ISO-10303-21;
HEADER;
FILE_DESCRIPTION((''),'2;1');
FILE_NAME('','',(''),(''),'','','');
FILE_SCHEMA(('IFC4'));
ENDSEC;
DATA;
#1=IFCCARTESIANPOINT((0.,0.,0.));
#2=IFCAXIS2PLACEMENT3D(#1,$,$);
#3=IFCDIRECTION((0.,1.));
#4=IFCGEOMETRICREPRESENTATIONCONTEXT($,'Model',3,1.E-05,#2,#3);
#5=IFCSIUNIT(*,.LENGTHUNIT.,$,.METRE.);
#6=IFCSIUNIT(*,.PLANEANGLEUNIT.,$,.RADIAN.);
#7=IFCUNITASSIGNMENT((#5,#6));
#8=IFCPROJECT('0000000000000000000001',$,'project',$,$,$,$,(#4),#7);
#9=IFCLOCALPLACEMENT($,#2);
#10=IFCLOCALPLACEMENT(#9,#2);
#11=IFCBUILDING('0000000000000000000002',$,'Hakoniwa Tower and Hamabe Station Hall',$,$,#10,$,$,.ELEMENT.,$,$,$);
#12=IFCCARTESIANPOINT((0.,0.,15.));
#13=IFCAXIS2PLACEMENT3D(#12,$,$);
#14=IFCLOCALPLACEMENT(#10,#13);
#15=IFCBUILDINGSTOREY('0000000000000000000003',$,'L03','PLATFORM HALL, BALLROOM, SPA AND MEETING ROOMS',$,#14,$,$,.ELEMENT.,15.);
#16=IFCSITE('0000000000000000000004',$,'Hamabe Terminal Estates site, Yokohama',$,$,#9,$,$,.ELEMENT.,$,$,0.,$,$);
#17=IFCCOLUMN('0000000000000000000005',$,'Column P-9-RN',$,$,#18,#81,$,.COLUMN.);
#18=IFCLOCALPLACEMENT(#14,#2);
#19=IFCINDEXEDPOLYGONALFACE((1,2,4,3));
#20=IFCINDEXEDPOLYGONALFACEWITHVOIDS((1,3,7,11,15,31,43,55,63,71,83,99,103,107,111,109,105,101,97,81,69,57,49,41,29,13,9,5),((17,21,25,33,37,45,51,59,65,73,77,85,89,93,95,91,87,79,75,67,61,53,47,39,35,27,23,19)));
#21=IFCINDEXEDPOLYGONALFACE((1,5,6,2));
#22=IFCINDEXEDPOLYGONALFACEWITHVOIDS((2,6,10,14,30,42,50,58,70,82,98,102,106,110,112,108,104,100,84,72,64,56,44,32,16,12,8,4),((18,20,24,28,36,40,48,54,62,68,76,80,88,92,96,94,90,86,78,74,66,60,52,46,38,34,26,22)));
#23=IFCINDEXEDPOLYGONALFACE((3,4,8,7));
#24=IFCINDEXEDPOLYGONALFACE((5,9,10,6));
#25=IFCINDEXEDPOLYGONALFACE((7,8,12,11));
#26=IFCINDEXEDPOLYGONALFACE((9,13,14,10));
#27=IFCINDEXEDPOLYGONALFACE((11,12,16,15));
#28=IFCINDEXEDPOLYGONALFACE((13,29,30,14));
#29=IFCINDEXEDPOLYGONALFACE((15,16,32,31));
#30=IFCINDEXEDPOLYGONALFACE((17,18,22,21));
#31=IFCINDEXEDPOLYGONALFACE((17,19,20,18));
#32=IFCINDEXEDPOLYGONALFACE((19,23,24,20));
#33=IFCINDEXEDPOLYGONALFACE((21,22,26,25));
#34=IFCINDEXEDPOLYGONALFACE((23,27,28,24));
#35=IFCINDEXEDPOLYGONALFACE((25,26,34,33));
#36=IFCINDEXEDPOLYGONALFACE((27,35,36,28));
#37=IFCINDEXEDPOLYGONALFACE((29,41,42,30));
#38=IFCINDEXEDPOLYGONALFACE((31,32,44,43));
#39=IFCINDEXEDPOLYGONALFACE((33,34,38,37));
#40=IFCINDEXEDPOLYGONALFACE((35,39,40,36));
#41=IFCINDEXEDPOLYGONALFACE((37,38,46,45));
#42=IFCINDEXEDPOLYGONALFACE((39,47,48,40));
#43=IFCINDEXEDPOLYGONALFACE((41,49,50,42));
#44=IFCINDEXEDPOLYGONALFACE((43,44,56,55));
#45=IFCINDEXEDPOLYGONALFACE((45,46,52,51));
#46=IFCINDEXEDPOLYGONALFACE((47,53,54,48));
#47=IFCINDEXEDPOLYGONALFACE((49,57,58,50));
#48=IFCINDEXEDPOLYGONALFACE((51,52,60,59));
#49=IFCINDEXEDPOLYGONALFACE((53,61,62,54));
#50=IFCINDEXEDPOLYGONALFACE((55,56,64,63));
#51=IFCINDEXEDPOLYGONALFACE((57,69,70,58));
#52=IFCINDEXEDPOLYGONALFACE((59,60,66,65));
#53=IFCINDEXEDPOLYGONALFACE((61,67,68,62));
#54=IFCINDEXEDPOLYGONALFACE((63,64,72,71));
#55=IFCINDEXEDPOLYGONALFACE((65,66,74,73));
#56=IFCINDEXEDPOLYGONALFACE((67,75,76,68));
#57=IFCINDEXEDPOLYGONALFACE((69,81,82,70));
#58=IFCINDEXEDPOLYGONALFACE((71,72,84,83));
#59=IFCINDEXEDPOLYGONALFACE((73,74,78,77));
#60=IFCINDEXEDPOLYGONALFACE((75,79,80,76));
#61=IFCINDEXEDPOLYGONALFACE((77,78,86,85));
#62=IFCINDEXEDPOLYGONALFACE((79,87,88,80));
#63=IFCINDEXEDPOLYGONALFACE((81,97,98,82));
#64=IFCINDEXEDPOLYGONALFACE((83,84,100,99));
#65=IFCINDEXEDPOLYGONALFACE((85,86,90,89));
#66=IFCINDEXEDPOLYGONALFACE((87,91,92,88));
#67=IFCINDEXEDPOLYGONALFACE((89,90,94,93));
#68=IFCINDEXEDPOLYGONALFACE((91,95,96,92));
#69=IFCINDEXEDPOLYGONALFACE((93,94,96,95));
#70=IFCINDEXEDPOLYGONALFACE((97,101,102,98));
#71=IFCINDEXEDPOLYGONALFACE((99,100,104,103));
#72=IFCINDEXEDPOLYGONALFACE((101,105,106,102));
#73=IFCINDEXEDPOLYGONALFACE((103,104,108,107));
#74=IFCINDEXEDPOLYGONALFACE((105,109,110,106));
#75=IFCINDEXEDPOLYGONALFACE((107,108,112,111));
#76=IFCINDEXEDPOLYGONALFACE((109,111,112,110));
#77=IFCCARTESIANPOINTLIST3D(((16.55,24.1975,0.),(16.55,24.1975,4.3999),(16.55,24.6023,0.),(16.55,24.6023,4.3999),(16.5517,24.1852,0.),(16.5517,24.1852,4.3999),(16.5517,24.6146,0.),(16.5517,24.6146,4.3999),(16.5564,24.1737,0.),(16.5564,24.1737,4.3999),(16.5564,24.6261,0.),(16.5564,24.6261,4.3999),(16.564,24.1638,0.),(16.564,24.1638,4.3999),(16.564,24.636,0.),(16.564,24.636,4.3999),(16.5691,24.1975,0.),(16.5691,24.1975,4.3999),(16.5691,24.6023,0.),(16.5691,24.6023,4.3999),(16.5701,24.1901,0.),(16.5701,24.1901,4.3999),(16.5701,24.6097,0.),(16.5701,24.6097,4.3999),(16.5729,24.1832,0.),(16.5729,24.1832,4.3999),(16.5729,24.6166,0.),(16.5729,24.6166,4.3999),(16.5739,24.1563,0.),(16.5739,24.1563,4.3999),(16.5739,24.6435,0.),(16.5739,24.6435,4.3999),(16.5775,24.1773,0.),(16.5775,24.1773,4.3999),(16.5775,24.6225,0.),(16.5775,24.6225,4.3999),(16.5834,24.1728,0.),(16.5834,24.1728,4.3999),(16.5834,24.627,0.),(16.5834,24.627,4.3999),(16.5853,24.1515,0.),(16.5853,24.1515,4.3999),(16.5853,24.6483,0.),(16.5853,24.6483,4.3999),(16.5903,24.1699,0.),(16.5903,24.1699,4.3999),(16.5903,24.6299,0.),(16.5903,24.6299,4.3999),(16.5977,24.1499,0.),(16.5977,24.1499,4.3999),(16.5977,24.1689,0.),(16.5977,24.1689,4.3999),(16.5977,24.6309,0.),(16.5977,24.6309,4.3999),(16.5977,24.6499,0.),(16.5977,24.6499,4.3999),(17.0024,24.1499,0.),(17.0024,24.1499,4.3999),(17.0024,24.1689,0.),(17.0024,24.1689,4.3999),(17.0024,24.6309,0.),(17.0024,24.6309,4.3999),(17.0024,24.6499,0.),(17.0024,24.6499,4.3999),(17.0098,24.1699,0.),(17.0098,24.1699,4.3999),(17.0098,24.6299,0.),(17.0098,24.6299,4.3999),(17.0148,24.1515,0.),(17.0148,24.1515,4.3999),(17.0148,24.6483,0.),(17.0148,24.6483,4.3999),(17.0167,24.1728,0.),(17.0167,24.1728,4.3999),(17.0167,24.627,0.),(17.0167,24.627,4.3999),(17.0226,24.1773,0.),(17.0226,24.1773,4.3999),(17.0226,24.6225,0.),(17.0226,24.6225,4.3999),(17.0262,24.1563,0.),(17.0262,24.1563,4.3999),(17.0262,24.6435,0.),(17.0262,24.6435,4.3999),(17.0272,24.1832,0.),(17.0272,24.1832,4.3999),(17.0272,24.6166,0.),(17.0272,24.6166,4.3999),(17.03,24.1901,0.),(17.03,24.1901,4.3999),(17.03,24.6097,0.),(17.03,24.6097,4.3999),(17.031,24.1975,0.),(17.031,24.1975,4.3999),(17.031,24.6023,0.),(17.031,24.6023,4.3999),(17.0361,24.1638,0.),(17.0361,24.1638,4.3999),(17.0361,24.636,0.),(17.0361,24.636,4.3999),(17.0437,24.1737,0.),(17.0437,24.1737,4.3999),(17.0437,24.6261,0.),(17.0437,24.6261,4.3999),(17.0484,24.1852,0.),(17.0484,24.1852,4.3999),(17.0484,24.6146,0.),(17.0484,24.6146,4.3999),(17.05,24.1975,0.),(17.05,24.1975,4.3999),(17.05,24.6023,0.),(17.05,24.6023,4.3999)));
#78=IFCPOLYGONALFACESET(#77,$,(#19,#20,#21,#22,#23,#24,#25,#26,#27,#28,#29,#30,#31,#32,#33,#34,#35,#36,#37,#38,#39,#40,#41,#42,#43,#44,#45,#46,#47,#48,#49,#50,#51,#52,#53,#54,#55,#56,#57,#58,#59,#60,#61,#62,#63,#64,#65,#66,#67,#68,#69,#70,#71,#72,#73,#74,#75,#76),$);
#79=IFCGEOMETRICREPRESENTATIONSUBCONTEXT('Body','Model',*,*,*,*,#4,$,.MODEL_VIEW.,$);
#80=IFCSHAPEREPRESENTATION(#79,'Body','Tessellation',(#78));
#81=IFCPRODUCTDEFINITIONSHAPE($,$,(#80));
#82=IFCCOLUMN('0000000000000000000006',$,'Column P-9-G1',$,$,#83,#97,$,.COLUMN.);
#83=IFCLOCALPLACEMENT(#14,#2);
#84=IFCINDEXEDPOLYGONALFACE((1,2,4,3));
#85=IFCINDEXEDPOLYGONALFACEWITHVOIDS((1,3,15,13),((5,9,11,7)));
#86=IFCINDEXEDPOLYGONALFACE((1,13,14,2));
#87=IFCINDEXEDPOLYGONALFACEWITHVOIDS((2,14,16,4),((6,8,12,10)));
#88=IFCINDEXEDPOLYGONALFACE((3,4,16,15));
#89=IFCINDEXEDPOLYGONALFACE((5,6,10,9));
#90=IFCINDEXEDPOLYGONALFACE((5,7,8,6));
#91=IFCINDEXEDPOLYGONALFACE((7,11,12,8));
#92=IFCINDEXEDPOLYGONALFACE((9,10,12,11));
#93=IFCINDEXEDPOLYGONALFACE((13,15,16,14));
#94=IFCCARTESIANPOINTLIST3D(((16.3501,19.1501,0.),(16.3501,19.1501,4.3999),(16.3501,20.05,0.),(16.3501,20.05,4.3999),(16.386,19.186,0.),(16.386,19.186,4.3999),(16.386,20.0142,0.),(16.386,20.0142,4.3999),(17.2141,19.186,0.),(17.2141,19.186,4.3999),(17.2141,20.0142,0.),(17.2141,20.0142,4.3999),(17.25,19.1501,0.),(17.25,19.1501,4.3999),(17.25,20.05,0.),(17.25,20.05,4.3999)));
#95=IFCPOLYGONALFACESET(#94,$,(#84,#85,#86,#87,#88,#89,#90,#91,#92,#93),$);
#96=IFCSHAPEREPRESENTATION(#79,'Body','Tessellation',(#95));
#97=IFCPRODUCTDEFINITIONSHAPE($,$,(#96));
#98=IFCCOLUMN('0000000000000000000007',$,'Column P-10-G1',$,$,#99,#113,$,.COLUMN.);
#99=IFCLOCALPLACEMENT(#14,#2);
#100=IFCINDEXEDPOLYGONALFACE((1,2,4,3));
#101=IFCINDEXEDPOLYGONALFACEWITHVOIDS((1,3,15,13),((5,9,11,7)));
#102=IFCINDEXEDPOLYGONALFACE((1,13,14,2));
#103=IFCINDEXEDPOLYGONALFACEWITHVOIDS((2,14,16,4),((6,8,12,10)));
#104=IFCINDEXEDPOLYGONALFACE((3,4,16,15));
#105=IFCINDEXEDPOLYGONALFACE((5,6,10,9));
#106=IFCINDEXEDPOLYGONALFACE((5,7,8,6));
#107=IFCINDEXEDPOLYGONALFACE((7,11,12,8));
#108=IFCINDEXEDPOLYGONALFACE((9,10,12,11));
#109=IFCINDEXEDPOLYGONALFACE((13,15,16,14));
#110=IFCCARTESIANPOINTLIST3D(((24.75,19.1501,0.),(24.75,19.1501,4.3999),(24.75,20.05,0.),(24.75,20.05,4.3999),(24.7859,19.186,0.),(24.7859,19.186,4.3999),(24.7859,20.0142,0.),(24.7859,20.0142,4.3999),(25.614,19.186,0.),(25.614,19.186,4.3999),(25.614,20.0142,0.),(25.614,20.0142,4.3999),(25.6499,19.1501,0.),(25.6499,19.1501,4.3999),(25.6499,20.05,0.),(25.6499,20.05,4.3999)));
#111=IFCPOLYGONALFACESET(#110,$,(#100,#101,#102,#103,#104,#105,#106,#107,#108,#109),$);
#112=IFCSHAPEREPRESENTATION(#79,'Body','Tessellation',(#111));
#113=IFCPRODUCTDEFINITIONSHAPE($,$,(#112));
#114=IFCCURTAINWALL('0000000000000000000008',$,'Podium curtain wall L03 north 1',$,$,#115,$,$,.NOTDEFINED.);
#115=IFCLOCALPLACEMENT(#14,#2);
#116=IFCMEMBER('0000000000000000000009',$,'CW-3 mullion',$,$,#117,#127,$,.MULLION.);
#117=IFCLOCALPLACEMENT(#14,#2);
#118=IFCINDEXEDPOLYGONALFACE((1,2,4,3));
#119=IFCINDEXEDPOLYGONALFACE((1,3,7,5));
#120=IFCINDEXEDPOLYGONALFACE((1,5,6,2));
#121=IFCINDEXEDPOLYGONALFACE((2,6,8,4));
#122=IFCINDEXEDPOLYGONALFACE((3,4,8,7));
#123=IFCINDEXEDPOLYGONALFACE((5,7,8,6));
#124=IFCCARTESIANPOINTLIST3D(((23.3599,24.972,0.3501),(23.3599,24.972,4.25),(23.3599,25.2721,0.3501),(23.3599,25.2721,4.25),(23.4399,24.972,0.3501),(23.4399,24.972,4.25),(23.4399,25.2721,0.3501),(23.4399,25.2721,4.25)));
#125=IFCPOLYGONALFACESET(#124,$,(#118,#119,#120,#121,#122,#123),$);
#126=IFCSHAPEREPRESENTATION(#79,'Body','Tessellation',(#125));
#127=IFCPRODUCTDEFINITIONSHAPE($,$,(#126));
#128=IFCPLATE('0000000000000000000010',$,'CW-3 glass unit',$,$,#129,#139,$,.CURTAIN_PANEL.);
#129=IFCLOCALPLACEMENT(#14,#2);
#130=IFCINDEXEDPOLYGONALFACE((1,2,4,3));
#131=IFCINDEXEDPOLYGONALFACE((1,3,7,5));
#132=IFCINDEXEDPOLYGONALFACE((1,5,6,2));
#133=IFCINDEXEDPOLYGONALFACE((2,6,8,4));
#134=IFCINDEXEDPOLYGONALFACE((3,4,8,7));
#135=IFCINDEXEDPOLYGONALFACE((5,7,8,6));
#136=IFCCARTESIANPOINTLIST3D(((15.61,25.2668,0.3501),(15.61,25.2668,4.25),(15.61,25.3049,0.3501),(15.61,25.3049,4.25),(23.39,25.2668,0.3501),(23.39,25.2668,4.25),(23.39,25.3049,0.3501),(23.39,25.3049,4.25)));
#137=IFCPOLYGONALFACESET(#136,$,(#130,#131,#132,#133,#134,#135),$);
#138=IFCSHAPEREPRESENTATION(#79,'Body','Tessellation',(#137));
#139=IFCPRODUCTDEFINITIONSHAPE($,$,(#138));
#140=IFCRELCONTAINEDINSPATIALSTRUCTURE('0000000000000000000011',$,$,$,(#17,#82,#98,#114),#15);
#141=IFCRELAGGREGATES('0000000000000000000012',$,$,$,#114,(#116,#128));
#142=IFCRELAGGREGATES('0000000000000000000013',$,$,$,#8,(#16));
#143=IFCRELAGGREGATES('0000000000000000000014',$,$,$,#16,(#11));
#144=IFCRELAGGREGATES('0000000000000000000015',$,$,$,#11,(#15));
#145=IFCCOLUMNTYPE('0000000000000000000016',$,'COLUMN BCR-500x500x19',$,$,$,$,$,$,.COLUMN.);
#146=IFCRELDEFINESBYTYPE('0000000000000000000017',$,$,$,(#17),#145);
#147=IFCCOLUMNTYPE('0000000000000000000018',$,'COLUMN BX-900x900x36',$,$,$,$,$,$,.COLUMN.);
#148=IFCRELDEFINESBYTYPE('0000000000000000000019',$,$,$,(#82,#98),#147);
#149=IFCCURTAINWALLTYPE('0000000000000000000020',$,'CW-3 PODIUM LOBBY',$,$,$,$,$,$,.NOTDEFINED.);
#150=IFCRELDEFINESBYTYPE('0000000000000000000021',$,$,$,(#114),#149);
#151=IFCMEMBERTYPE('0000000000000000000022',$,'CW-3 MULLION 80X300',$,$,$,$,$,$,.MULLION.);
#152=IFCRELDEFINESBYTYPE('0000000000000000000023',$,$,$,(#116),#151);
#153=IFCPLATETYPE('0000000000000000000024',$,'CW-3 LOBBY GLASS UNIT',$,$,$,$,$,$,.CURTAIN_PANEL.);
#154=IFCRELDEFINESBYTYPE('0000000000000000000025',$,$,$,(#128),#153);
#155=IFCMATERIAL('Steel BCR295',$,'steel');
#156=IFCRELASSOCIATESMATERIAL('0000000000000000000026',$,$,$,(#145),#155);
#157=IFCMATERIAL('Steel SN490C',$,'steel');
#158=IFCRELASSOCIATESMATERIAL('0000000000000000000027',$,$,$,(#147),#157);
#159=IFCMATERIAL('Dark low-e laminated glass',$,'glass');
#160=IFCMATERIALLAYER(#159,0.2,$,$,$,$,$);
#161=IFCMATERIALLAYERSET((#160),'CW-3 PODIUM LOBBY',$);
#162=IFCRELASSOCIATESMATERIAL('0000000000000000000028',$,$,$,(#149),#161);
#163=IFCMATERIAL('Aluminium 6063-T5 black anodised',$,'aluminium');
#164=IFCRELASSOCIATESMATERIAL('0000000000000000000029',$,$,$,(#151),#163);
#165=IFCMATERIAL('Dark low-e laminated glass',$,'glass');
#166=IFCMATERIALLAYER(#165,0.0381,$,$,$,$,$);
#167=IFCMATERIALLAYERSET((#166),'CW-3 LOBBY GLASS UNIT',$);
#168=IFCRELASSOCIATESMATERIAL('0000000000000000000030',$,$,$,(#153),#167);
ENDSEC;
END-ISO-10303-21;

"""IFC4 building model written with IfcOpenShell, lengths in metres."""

from ifc_helpers import new_model, si_unit, direction, frame, origin, origin_2d, place, context, subcontext, project, spatial, rectangle, hollow_rectangle, extrude, material, layer, layer_set, material_profile, profile_set, type_object, element, aggregate, save


model = new_model("IFC4")

# Units and contexts
model_context = context("Model", 3, precision=1e-05, world=origin(), true_north=direction((0.0, 1.0)))
body_context = subcontext(model_context, "Body", "Model", "MODEL_VIEW")
ifc_project = project(units=[si_unit("LENGTHUNIT", "METRE"), si_unit("PLANEANGLEUNIT", "RADIAN")], contexts=[model_context])

# Site, building, storey
site_placement = place(None, origin())
site = spatial("IfcSite", under=ifc_project, at=site_placement, Name="Hamabe Terminal Estates site, Yokohama", CompositionType="ELEMENT", RefElevation=0.0)
building_placement = place(site_placement, origin())
building = spatial("IfcBuilding", under=site, at=building_placement, Name="Hakoniwa Tower and Hamabe Station Hall", CompositionType="ELEMENT")
storey_placement = place(building_placement, frame((0.0, 0.0, 15.0)))
storey = spatial("IfcBuildingStorey", under=building, at=storey_placement, Name="L03", Description="PLATFORM HALL, BALLROOM, SPA AND MEETING ROOMS", CompositionType="ELEMENT", Elevation=15.0)

# Columns
ifc_material_1 = material(Name="Steel BCR295", Category="steel")
ifc_material_profile_1 = material_profile(ifc_material_1, hollow_rectangle(XDim=0.5, YDim=0.5, WallThickness=0.019, InnerFilletRadius=0.0286, OuterFilletRadius=0.0476, at=origin_2d()), Name="BCR-500x500x19")
ifc_profile_set_1 = profile_set([ifc_material_profile_1], Name="Steel BCR295")
column_type_1 = type_object("IfcColumnType", Name="COLUMN BCR-500x500x19", PredefinedType="COLUMN", material=ifc_profile_set_1)
column_placement = place(storey_placement, frame((16.8, 24.3999, 0.0), z_axis=(0.0, 0.0, 1.0), x_axis=(1.0, 0.0, 0.0)))
element("IfcColumn", 1, at=column_placement, inside=storey, type_object=column_type_1, Name="Column P-9-RN", PredefinedType="COLUMN", context=body_context, shape_type="SweptSolid", body=[
    extrude(hollow_rectangle(XDim=0.5, YDim=0.5, WallThickness=0.019, InnerFilletRadius=0.0286, OuterFilletRadius=0.0476, at=origin_2d()), origin(), (0.0, 0.0, 1.0), 4.3999),
])
ifc_material_2 = material(Name="Steel SN490C", Category="steel")
ifc_material_profile_2 = material_profile(ifc_material_2, hollow_rectangle(XDim=0.8999, YDim=0.8999, WallThickness=0.0359, at=origin_2d()), Name="BX-900x900x36")
ifc_profile_set_2 = profile_set([ifc_material_profile_2], Name="Steel SN490C")
column_type_2 = type_object("IfcColumnType", Name="COLUMN BX-900x900x36", PredefinedType="COLUMN", material=ifc_profile_set_2)
for number, where, z_axis, x_axis, name in (
    (2, (16.8, 19.6001, 0.0), (0.0, 0.0, 1.0), (1.0, 0.0, 0.0), "Column P-9-G1"),
    (3, (25.2, 19.6001, 0.0), (0.0, 0.0, 1.0), (1.0, 0.0, 0.0), "Column P-10-G1"),
):
    element("IfcColumn", number, at=place(storey_placement, frame(where, z_axis=z_axis, x_axis=x_axis)), inside=storey, type_object=column_type_2, Name=name, PredefinedType="COLUMN", context=body_context, shape_type="SweptSolid", body=[
        extrude(hollow_rectangle(XDim=0.8999, YDim=0.8999, WallThickness=0.0359, at=origin_2d()), origin(), (0.0, 0.0, 1.0), 4.3999),
    ])

# Curtain wall, member, plate
ifc_material_3 = material(Name="Dark low-e laminated glass", Category="glass")
ifc_layer_1 = layer(ifc_material_3, 0.2)
ifc_layer_set_1 = layer_set([ifc_layer_1], Name="CW-3 PODIUM LOBBY")
curtain_wall_type = type_object("IfcCurtainWallType", Name="CW-3 PODIUM LOBBY", PredefinedType="NOTDEFINED", material=ifc_layer_set_1)
curtain_wall_placement = place(storey_placement, origin())
curtain_wall = element("IfcCurtainWall", 4, at=curtain_wall_placement, inside=storey, type_object=curtain_wall_type, Name="Podium curtain wall L03 north 1", PredefinedType="NOTDEFINED")
ifc_material_4 = material(Name="Aluminium 6063-T5 black anodised", Category="aluminium")
ifc_material_profile_3 = material_profile(ifc_material_4, rectangle(XDim=0.0801, YDim=0.3, at=origin_2d()), Name="CW-3 MULLION 80X300")
ifc_profile_set_3 = profile_set([ifc_material_profile_3], Name="Aluminium 6063-T5 black anodised")
member_type = type_object("IfcMemberType", Name="CW-3 MULLION 80X300", PredefinedType="MULLION", material=ifc_profile_set_3)
member_placement = place(storey_placement, frame((23.3999, 25.1221, 0.3501), z_axis=(0.0, 0.0, 1.0), x_axis=(-1.0, 0.0, 0.0)))
member = element("IfcMember", 5, at=member_placement, type_object=member_type, Name="CW-3 mullion", PredefinedType="MULLION", context=body_context, shape_type="SweptSolid", body=[
    extrude(rectangle(XDim=0.0801, YDim=0.3, at=origin_2d()), origin(), (0.0, 0.0, 1.0), 3.8999),
])
ifc_material_5 = material(Name="Dark low-e laminated glass", Category="glass")
ifc_layer_2 = layer(ifc_material_5, 0.0381)
ifc_layer_set_2 = layer_set([ifc_layer_2], Name="CW-3 LOBBY GLASS UNIT")
plate_type = type_object("IfcPlateType", Name="CW-3 LOBBY GLASS UNIT", PredefinedType="CURTAIN_PANEL", material=ifc_layer_set_2)
plate_placement = place(storey_placement, frame((19.5, 25.2859, 0.3501), z_axis=(0.0, 0.0, 1.0), x_axis=(-1.0, 0.0, 0.0)))
plate = element("IfcPlate", 6, at=plate_placement, type_object=plate_type, Name="CW-3 glass unit", PredefinedType="CURTAIN_PANEL", context=body_context, shape_type="SweptSolid", body=[
    extrude(rectangle(XDim=7.78, YDim=0.0381, at=origin_2d()), origin(), (0.0, 0.0, 1.0), 3.8999),
])
aggregate(curtain_wall, [member, plate])

save(model, "model.ifc")
